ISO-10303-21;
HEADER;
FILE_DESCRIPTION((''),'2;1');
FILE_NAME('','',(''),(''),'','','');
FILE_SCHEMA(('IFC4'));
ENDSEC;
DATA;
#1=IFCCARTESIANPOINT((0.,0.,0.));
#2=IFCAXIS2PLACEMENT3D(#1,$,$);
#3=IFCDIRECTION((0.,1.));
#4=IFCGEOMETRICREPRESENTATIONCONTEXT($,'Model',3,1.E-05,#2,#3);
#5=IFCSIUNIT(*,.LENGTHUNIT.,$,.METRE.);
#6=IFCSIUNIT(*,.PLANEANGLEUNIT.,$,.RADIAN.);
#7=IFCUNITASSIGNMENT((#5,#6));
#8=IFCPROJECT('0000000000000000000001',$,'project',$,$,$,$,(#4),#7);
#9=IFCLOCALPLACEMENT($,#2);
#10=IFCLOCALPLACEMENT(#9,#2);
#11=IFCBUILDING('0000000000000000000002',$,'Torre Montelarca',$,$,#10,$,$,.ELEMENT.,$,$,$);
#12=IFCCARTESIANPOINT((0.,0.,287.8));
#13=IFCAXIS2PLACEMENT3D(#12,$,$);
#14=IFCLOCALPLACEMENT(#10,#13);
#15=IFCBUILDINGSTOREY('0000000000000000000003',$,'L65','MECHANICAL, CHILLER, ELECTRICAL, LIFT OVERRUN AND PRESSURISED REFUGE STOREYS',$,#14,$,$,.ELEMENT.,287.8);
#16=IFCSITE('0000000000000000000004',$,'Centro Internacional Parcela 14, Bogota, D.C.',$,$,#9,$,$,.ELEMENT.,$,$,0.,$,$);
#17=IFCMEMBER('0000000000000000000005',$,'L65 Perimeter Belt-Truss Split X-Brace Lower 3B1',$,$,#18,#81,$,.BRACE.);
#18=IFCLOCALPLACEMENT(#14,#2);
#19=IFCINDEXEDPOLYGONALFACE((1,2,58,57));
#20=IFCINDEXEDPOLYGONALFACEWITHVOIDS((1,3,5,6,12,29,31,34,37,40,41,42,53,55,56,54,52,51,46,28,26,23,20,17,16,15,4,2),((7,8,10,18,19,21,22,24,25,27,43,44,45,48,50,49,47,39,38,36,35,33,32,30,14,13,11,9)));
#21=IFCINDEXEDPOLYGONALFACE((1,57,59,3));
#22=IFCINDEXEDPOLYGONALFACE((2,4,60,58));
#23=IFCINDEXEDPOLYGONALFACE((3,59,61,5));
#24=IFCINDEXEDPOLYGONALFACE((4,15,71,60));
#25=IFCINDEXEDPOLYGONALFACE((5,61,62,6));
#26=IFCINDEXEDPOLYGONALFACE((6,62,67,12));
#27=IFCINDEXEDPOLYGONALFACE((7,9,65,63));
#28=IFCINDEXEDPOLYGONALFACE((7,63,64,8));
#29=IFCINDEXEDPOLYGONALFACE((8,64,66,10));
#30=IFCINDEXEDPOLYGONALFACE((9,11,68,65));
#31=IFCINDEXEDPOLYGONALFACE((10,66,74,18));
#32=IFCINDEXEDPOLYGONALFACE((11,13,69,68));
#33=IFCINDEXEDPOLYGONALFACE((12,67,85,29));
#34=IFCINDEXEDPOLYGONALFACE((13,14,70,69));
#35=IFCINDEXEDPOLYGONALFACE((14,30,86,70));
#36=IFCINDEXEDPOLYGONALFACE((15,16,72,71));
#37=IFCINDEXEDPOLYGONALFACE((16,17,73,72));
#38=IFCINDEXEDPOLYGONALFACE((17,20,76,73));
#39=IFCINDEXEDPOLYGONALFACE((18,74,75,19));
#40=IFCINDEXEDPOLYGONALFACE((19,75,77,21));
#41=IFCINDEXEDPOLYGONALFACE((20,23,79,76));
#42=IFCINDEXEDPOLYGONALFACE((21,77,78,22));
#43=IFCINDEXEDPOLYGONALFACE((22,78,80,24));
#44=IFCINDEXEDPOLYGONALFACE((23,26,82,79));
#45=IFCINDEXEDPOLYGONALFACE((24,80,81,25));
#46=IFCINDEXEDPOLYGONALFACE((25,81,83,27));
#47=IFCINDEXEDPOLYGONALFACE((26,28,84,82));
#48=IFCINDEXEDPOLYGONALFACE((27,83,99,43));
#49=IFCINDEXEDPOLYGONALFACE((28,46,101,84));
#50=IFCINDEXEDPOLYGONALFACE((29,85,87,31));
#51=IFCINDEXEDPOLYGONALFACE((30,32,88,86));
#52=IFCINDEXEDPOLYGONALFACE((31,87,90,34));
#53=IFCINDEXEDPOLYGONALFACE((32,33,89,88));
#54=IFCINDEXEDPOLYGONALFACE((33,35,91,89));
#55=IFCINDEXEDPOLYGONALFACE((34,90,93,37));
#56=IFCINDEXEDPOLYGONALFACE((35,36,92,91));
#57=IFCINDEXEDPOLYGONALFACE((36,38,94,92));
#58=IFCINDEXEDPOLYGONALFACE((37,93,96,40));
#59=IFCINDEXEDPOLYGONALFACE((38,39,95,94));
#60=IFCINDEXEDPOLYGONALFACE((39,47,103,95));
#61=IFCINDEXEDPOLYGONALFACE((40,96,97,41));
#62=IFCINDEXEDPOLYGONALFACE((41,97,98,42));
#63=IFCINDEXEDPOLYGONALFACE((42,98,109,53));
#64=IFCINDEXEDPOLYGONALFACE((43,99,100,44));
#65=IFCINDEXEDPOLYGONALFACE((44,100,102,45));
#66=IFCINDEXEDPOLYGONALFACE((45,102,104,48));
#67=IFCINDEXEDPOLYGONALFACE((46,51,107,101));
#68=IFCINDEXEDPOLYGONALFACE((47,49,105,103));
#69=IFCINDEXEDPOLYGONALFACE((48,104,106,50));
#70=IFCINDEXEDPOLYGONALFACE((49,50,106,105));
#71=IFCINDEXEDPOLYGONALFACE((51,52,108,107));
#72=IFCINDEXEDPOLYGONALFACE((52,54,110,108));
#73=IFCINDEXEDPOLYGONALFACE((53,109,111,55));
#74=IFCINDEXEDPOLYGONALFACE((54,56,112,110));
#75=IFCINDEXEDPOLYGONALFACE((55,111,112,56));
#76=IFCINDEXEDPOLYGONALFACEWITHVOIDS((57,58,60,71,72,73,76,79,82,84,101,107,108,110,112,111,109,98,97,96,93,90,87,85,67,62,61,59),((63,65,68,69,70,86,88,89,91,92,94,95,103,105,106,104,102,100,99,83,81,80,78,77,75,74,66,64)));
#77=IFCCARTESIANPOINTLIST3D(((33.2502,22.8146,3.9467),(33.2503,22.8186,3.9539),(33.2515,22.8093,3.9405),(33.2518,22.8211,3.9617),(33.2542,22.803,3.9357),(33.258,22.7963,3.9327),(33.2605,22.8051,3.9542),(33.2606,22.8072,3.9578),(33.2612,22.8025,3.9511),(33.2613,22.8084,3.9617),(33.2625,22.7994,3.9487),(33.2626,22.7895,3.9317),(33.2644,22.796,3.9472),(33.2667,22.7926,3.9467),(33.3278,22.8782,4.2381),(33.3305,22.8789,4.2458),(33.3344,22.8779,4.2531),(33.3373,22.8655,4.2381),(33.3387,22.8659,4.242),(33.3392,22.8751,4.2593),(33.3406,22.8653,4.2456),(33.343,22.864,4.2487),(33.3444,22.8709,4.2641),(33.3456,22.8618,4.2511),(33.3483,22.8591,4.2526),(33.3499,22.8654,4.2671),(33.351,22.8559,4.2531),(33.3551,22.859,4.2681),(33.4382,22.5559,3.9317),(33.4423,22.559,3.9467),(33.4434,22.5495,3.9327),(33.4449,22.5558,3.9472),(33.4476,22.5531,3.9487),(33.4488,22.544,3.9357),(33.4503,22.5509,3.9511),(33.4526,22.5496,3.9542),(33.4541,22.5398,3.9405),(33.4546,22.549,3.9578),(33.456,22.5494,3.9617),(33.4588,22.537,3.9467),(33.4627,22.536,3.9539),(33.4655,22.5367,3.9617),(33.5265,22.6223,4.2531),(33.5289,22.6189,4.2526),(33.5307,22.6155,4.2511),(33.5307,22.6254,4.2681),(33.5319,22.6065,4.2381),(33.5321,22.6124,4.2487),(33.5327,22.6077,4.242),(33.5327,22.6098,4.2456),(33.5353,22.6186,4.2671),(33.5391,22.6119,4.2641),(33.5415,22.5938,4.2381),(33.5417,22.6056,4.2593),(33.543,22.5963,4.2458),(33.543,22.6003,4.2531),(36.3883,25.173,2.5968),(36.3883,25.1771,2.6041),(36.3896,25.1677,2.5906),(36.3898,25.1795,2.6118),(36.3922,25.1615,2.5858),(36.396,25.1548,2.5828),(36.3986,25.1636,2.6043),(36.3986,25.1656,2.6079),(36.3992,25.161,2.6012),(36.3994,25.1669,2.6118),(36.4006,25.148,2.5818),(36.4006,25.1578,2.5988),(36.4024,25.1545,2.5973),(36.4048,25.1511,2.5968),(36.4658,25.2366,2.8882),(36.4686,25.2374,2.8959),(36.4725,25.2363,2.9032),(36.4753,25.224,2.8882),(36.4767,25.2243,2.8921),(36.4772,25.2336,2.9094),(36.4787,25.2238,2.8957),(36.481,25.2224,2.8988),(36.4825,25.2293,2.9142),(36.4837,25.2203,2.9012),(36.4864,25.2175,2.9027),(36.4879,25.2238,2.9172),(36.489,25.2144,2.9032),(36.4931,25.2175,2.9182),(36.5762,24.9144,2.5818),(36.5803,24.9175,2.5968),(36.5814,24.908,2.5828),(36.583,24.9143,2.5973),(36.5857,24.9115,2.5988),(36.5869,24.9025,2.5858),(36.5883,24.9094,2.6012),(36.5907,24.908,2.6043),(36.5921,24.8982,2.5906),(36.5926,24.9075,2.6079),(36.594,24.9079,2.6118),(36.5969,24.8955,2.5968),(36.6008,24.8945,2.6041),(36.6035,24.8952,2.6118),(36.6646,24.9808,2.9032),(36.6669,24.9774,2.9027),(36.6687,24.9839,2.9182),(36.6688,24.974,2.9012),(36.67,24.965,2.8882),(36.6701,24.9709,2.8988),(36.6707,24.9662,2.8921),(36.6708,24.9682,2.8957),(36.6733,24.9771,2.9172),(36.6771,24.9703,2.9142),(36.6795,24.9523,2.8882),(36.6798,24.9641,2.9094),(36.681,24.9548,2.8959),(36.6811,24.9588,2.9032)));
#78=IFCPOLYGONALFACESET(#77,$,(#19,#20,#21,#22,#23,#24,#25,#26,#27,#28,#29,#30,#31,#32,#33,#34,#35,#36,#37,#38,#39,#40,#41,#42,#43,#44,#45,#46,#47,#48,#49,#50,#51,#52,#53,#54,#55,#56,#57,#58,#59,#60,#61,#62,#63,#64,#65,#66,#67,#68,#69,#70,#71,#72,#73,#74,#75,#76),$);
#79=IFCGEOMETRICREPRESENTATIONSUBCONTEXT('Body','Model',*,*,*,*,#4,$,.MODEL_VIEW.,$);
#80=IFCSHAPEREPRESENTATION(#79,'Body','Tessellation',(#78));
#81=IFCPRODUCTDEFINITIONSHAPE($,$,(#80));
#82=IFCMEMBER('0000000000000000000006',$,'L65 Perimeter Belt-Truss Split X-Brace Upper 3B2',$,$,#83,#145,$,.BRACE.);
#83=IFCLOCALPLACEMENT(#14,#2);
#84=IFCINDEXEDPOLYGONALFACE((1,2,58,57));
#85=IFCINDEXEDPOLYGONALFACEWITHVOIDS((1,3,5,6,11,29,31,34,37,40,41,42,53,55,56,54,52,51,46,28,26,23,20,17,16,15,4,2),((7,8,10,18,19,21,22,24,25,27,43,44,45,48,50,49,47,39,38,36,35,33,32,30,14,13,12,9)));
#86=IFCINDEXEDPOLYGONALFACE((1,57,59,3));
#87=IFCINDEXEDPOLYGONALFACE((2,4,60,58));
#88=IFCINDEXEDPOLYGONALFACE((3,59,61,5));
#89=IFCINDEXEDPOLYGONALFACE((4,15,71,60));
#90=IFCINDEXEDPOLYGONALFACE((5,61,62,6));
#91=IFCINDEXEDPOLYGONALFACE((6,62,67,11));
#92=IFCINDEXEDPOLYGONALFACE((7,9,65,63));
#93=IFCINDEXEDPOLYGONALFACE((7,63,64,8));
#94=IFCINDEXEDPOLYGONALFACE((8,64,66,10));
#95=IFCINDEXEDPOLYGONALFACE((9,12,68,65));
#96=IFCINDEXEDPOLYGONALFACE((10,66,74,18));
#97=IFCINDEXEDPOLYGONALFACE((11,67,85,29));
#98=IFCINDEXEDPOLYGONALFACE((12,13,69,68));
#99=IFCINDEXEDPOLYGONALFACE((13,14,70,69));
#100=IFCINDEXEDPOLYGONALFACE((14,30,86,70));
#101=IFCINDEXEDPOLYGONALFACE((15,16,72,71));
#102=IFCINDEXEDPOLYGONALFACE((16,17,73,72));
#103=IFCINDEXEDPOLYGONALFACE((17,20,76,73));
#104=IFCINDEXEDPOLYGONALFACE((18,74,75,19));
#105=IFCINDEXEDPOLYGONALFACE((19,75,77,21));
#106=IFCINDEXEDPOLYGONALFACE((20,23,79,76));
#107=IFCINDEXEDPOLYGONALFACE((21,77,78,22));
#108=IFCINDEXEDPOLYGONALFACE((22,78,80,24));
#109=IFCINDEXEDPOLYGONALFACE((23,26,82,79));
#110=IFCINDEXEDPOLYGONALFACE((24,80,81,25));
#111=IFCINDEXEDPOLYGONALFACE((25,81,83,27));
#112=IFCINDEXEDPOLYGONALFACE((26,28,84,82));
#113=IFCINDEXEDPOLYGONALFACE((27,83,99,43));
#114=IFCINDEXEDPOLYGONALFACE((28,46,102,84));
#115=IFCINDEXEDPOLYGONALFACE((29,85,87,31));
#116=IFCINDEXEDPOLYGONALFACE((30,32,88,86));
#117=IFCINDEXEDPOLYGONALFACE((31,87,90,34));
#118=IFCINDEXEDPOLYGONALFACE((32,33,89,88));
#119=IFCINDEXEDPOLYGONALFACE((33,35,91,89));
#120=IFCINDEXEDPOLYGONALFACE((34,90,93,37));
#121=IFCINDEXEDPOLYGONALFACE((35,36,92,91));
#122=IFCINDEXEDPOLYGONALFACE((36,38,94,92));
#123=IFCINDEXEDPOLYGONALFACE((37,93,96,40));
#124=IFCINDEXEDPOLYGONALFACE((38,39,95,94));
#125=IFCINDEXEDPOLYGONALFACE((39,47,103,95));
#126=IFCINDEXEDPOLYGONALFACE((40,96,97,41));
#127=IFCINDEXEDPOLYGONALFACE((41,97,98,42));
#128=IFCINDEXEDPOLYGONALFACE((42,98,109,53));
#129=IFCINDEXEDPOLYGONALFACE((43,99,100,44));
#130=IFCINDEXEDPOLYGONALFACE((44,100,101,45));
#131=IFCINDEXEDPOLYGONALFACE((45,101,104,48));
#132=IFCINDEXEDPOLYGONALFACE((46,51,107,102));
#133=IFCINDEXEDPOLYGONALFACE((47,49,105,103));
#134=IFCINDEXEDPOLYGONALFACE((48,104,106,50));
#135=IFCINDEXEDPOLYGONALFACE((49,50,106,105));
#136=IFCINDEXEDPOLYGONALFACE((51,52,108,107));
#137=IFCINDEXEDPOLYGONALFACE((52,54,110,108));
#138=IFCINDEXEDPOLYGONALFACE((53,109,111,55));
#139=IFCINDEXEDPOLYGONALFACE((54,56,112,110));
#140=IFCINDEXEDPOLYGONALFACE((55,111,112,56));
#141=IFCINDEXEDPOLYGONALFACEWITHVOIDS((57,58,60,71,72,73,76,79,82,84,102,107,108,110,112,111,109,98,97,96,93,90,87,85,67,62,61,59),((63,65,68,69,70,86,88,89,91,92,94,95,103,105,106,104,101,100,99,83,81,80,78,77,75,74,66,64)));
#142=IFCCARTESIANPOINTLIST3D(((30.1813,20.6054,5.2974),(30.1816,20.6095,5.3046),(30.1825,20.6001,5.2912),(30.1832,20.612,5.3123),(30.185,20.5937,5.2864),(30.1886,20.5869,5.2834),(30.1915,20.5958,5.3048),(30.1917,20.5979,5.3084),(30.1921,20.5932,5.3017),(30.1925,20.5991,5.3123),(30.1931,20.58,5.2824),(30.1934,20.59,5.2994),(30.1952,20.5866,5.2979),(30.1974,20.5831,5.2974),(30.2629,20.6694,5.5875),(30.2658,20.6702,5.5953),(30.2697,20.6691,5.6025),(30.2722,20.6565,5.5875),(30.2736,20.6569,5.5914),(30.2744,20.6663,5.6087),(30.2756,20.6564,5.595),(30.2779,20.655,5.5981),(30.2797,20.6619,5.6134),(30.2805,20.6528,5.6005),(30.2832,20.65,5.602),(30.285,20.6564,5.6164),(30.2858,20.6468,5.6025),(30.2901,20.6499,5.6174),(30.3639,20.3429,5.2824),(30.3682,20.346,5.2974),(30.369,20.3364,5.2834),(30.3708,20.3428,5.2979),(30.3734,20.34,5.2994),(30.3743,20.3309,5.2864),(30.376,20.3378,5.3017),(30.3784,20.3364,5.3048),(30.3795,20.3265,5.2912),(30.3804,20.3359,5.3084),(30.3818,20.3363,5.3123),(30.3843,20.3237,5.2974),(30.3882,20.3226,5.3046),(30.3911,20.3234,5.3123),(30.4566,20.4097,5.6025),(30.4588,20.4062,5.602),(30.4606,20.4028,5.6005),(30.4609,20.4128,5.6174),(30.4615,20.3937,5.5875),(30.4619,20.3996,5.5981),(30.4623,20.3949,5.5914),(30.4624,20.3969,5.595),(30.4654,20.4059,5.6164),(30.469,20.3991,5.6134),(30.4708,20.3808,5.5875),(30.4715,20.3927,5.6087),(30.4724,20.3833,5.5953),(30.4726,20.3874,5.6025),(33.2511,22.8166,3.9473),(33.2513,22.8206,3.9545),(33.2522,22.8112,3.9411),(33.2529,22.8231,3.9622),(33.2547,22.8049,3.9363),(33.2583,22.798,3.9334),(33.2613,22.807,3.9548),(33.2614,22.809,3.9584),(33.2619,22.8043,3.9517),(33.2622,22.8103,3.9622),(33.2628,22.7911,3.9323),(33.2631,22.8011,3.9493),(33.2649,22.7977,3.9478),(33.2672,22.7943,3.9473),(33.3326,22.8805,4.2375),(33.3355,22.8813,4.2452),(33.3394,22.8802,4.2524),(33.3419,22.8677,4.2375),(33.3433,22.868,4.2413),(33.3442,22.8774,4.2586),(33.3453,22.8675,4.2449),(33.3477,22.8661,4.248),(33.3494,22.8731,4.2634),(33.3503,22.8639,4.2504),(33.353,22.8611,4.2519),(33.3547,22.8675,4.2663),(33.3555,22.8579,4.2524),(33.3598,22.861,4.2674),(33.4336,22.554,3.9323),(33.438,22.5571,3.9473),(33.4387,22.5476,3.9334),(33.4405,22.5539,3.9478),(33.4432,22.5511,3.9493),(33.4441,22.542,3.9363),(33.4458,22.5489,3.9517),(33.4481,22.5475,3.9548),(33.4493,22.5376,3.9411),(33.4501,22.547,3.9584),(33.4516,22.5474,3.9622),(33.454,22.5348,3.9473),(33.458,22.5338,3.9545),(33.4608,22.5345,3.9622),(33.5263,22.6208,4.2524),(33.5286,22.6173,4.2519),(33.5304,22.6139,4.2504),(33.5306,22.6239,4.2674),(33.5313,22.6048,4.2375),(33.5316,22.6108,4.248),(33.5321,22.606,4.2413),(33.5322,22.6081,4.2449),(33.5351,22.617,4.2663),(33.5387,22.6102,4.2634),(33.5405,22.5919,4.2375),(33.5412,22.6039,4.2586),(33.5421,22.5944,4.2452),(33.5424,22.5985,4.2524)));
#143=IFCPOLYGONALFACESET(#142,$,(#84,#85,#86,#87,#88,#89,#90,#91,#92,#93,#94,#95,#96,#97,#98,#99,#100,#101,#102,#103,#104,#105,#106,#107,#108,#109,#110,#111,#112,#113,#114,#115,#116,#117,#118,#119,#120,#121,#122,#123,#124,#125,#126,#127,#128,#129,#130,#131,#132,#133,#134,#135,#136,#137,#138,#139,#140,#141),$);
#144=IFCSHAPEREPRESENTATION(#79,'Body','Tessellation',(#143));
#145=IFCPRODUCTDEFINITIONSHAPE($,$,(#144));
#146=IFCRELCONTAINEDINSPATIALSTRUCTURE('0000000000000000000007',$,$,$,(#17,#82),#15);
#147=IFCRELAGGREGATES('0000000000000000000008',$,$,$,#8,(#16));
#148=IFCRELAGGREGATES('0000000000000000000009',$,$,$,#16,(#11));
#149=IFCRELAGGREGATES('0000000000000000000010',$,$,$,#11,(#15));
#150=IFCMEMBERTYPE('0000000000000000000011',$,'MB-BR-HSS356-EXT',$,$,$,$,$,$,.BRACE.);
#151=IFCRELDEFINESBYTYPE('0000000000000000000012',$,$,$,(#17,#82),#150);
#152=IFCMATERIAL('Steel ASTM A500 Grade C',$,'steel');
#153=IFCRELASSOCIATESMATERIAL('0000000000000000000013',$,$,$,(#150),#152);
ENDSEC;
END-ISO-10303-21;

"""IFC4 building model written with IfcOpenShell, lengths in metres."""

from ifc_helpers import new_model, si_unit, direction, frame, origin, origin_2d, place, context, subcontext, project, spatial, hollow_rectangle, extrude, source, transform, mapped, material, material_profile, profile_set, type_object, element, save


model = new_model("IFC4")

# Units and contexts
model_context = context("Model", 3, precision=1e-05, world=origin(), true_north=direction((0.0, 1.0)))
body_context = subcontext(model_context, "Body", "Model", "MODEL_VIEW")
ifc_project = project(units=[si_unit("LENGTHUNIT", "METRE"), si_unit("PLANEANGLEUNIT", "RADIAN")], contexts=[model_context])

# Site, building, storey
site_placement = place(None, origin())
site = spatial("IfcSite", under=ifc_project, at=site_placement, Name="Centro Internacional Parcela 14, Bogota, D.C.", CompositionType="ELEMENT", RefElevation=0.0)
building_placement = place(site_placement, origin())
building = spatial("IfcBuilding", under=site, at=building_placement, Name="Torre Montelarca", CompositionType="ELEMENT")
storey_placement = place(building_placement, frame((0.0, 0.0, 287.8)))
storey = spatial("IfcBuildingStorey", under=building, at=storey_placement, Name="L65", Description="MECHANICAL, CHILLER, ELECTRICAL, LIFT OVERRUN AND PRESSURISED REFUGE STOREYS", CompositionType="ELEMENT", Elevation=287.8)

# Members
ifc_material_1 = material(Name="Steel ASTM A500 Grade C", Category="steel")
ifc_material_profile_1 = material_profile(ifc_material_1, hollow_rectangle(XDim=0.3557, YDim=0.3557, WallThickness=0.0159, InnerFilletRadius=0.0159, OuterFilletRadius=0.0317, at=origin_2d()), Name="HSS356X356X15.9", Category="steel")
ifc_profile_set_1 = profile_set([ifc_material_profile_1], Name="Steel ASTM A500 Grade C")
member_type_1 = type_object("IfcMemberType", Name="MB-BR-HSS356-EXT", PredefinedType="BRACE", material=ifc_profile_set_1)
shared_shape_1 = source(origin(), body_context, "Body", "SweptSolid", [
    extrude(hollow_rectangle(XDim=0.3557, YDim=0.3557, WallThickness=0.0159, InnerFilletRadius=0.0159, OuterFilletRadius=0.0317, at=origin_2d()), origin(), (0.0, 0.0, 1.0), 4.1511),
])
member_1_placement = place(storey_placement, frame((36.5347, 25.0659, 2.75), z_axis=(-0.755948, -0.568152, 0.325187), x_axis=(0.600806, -0.799395, 0.0)))
element("IfcMember", 1, at=member_1_placement, inside=storey, type_object=member_type_1, Name="L65 Perimeter Belt-Truss Split X-Brace Lower 3B1", PredefinedType="BRACE", context=body_context, shape_type="MappedRepresentation", body=[
    mapped(shared_shape_1, transform((0.0, 0.0, 0.0), scale=1.0)),
])
shared_shape_2 = source(origin(), body_context, "Body", "SweptSolid", [
    extrude(hollow_rectangle(XDim=0.3557, YDim=0.3557, WallThickness=0.0159, InnerFilletRadius=0.0159, OuterFilletRadius=0.0317, at=origin_2d()), origin(), (0.0, 0.0, 1.0), 4.0168),
])
member_2_placement = place(storey_placement, frame((33.3967, 22.7075, 4.0999), z_axis=(-0.764217, -0.550462, 0.3361), x_axis=(0.584463, -0.81142, 0.0)))
element("IfcMember", 2, at=member_2_placement, inside=storey, type_object=member_type_1, Name="L65 Perimeter Belt-Truss Split X-Brace Upper 3B2", PredefinedType="BRACE", context=body_context, shape_type="MappedRepresentation", body=[
    mapped(shared_shape_2, transform((0.0, 0.0, 0.0), scale=1.0)),
])

save(model, "model.ifc")
